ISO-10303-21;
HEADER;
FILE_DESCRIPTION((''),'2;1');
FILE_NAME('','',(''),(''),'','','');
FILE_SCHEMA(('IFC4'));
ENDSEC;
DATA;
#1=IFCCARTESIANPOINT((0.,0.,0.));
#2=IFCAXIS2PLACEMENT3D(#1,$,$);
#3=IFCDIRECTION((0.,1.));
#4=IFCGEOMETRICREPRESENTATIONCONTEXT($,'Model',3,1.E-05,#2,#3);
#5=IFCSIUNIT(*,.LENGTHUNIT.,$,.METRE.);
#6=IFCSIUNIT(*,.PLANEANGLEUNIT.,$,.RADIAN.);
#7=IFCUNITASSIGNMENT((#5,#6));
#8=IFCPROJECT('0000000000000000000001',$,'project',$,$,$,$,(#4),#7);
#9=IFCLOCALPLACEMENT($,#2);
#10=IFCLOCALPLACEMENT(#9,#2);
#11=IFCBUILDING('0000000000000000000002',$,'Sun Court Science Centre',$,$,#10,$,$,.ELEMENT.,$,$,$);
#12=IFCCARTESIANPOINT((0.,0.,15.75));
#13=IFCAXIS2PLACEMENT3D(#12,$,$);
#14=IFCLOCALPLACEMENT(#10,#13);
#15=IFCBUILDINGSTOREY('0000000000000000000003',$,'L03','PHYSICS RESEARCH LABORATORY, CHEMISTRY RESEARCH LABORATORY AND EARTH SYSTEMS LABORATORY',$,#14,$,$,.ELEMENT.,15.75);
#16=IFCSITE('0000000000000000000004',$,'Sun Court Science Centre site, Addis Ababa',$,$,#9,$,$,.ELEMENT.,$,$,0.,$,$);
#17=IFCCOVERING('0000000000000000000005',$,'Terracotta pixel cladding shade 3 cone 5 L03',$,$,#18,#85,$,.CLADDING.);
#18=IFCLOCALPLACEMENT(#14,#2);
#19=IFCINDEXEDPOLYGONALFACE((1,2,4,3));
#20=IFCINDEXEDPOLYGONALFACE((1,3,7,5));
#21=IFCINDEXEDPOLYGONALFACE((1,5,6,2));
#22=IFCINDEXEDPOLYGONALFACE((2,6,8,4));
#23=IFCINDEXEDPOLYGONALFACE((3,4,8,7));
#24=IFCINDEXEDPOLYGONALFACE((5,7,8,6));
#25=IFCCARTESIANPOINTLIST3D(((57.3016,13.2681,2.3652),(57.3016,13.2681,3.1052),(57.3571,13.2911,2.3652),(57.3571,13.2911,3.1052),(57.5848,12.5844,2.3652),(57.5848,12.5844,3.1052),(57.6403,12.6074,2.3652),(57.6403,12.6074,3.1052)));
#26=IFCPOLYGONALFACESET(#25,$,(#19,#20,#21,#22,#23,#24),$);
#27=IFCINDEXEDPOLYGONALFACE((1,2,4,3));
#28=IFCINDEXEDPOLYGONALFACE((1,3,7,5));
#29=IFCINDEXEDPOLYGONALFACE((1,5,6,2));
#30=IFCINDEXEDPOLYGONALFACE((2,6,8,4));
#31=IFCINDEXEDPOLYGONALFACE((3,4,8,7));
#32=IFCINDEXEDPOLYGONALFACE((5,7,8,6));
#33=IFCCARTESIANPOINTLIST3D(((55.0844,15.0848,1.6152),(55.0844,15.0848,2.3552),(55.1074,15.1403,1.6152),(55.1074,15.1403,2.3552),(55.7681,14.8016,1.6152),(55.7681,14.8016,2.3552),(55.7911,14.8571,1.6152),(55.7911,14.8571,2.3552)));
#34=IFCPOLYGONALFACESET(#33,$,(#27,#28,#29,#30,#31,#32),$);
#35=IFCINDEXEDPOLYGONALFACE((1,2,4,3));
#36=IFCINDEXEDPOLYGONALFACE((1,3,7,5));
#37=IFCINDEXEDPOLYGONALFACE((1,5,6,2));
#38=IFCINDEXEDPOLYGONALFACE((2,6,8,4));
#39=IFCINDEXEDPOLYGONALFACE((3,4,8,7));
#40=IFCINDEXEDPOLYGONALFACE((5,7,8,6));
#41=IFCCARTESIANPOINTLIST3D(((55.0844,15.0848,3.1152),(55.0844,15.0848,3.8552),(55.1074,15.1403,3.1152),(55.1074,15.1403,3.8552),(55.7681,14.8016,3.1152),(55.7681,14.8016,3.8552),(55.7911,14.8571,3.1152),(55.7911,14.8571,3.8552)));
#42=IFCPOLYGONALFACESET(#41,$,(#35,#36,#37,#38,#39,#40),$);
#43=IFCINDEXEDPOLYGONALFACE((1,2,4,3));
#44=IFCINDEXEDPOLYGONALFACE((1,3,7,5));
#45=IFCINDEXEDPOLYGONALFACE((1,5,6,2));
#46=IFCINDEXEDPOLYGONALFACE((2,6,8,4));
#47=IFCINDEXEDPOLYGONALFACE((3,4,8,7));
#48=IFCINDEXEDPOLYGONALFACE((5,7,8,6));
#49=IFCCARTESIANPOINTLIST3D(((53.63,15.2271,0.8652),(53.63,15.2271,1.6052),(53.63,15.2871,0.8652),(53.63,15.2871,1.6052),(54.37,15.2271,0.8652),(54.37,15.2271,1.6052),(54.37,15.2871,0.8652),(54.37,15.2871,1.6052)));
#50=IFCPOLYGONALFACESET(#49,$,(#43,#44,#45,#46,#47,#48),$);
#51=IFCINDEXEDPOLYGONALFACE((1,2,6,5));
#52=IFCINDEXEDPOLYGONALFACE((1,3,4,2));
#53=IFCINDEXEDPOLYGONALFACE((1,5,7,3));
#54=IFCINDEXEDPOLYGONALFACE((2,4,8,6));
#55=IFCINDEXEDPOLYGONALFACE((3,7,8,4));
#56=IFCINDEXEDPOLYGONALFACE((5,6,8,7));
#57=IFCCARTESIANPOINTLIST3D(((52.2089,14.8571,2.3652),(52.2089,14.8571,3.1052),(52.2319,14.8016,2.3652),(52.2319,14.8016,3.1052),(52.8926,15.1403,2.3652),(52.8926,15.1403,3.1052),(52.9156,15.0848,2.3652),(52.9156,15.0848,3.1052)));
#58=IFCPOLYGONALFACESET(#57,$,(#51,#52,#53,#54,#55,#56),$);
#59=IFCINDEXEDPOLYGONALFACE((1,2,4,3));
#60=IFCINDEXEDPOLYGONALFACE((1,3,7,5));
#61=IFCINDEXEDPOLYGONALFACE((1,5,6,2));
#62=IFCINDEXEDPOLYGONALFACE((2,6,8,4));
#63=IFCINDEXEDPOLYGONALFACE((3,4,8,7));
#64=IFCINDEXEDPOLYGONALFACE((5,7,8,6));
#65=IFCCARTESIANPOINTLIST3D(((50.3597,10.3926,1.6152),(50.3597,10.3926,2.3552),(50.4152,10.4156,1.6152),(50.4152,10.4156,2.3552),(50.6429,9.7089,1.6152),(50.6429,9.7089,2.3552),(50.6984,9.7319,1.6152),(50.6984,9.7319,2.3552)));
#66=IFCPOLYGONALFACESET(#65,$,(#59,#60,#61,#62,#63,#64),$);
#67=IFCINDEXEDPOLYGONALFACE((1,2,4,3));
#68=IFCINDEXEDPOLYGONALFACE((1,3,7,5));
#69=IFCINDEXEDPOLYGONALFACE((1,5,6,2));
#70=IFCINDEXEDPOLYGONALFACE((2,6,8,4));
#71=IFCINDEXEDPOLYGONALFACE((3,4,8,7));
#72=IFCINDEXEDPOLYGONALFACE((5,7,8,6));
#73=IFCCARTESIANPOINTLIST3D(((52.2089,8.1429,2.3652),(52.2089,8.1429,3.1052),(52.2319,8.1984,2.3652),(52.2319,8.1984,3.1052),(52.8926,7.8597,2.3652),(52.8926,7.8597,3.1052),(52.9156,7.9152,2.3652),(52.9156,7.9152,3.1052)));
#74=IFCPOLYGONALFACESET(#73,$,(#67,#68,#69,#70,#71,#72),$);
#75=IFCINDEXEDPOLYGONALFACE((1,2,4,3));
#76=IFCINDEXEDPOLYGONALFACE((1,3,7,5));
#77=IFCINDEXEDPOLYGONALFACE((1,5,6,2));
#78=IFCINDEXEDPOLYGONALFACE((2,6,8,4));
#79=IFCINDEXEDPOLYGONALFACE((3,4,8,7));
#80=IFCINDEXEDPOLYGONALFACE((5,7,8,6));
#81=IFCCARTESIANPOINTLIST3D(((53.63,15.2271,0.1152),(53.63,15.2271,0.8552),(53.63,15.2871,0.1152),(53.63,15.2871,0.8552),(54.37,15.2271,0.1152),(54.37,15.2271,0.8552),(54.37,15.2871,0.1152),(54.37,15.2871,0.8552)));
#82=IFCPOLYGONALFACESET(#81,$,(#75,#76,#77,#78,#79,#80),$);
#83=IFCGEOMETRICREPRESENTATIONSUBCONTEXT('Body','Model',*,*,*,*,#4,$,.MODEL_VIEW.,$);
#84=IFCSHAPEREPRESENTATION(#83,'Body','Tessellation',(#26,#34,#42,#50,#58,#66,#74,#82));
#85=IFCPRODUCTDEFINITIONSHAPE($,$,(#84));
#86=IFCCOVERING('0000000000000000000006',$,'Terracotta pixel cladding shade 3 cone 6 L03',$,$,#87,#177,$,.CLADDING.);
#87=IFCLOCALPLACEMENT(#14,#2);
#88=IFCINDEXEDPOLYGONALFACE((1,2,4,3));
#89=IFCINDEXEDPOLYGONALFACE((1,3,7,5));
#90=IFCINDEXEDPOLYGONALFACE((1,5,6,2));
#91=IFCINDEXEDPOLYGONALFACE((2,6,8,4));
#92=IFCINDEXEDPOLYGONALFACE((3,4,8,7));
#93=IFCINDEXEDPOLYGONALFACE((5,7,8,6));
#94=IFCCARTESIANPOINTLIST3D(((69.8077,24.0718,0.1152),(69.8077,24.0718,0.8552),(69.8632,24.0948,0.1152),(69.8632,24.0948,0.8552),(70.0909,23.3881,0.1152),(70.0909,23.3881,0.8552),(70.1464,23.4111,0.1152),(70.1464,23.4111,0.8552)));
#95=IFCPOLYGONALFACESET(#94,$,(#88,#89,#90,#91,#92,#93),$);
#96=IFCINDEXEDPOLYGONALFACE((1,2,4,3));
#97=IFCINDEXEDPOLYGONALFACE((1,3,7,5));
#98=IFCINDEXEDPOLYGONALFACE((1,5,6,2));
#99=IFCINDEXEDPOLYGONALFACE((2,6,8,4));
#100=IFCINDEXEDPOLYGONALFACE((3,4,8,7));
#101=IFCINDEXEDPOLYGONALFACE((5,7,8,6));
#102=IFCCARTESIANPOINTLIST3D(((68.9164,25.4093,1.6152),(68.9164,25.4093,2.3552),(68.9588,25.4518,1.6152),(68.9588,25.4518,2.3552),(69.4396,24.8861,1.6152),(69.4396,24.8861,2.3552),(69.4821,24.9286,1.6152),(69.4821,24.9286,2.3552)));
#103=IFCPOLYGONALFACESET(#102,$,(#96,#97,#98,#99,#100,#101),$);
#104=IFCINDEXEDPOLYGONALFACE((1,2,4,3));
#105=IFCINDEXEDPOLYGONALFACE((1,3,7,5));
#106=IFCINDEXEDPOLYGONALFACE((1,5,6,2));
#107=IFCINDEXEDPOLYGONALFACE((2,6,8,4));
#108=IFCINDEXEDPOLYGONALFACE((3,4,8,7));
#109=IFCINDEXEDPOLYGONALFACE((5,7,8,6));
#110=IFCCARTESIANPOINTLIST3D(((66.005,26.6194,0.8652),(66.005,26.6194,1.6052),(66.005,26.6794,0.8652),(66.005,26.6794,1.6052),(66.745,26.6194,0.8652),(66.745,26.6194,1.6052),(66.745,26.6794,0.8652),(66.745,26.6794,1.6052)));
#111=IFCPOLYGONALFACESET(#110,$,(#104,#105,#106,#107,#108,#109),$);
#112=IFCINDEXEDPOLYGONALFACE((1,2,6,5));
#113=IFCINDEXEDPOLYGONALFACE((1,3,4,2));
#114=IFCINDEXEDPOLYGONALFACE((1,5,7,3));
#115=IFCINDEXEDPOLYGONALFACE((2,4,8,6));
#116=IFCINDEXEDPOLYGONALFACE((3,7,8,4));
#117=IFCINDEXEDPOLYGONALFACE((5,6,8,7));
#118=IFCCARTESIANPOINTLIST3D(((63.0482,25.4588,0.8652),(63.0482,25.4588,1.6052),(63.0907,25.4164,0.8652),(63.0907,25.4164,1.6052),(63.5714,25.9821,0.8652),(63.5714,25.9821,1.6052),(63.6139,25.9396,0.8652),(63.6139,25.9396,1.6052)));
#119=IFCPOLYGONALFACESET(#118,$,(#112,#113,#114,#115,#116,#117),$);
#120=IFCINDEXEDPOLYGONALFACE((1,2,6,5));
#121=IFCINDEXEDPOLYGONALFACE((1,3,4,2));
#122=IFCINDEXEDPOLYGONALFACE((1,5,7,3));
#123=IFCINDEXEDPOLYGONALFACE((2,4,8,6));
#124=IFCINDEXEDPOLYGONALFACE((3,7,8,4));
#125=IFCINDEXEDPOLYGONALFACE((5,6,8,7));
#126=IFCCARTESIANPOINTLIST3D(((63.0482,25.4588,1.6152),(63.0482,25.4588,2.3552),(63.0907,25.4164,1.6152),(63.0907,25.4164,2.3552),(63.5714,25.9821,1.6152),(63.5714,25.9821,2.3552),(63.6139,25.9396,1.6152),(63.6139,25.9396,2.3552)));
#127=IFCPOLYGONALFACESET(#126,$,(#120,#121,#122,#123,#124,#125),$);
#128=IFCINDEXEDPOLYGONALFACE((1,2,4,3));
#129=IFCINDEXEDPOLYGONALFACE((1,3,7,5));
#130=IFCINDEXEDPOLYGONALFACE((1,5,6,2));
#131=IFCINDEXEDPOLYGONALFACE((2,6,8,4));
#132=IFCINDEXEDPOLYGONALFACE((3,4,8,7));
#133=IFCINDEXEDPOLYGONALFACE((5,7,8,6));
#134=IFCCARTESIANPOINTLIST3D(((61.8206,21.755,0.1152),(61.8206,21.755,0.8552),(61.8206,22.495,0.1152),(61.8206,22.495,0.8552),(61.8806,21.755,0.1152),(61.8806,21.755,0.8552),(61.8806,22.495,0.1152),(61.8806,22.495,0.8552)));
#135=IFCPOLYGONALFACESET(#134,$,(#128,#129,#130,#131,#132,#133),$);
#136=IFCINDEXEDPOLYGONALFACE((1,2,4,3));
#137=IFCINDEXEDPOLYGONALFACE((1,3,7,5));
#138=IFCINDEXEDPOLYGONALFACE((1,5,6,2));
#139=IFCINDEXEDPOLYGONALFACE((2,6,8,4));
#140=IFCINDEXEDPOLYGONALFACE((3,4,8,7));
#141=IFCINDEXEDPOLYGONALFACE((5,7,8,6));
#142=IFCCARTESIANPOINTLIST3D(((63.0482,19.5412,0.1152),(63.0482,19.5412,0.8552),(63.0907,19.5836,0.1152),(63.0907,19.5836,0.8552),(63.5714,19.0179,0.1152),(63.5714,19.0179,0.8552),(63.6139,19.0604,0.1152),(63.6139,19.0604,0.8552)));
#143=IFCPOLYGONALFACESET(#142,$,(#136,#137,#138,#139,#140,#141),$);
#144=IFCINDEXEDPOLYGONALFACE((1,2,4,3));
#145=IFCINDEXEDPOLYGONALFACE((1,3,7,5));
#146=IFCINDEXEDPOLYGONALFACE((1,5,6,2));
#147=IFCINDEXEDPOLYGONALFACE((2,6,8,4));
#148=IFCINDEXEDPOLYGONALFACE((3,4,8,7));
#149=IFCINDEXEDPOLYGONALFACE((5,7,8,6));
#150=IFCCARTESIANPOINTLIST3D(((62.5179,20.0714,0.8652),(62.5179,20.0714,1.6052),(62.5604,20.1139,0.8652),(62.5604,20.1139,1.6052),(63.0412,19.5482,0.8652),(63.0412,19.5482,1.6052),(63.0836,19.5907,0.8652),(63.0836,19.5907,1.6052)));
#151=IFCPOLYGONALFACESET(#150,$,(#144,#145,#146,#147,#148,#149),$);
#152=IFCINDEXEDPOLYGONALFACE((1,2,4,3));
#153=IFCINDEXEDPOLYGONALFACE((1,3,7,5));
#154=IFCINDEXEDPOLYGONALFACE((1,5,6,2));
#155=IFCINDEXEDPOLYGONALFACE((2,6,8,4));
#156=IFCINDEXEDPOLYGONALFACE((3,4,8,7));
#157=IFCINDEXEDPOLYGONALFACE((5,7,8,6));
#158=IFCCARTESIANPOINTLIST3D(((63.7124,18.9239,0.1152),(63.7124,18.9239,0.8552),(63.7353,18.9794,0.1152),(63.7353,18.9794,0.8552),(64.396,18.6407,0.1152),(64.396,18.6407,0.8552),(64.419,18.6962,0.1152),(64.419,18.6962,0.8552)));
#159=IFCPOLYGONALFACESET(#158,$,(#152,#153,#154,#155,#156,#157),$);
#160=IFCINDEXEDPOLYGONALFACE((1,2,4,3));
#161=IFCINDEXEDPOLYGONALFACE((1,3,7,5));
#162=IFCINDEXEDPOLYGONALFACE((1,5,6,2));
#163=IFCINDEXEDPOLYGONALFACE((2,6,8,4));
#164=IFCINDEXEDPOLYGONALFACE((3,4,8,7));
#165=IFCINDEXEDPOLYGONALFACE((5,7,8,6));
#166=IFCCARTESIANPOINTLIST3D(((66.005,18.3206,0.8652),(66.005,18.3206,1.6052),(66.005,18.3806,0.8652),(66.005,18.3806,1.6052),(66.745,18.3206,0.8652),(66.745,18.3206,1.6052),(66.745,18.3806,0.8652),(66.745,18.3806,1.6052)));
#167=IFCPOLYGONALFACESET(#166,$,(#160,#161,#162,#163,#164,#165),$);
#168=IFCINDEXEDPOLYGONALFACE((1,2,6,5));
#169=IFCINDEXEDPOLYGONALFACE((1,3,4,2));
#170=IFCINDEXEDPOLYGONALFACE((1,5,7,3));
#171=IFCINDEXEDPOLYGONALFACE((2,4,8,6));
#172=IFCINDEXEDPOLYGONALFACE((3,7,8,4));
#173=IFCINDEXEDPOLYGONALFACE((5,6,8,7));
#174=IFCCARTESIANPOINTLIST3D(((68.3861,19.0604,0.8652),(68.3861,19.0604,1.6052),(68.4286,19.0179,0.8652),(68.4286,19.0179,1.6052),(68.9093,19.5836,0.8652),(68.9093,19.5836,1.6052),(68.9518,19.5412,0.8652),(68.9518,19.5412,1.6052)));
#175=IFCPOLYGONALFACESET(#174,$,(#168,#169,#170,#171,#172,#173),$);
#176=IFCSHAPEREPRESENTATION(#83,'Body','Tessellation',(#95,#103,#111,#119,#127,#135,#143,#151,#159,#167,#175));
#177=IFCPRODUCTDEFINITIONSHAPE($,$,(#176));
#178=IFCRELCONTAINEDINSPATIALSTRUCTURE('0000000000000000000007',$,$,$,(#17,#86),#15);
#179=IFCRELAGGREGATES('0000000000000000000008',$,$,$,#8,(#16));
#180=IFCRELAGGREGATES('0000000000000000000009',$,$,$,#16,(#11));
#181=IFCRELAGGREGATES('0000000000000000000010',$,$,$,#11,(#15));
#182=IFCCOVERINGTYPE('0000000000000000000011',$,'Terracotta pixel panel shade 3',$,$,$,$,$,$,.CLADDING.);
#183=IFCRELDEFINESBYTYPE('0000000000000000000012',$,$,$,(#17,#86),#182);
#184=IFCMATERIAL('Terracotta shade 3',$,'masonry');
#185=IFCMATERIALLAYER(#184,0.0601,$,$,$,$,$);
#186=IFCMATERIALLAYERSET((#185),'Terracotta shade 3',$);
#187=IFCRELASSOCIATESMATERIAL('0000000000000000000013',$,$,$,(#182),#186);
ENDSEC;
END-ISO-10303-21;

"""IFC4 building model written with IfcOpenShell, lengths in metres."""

from ifc_helpers import new_model, si_unit, direction, frame, origin, origin_2d, place, context, subcontext, project, spatial, rectangle, extrude, material, layer, layer_set, type_object, element, save


model = new_model("IFC4")

# Units and contexts
model_context = context("Model", 3, precision=1e-05, world=origin(), true_north=direction((0.0, 1.0)))
body_context = subcontext(model_context, "Body", "Model", "MODEL_VIEW")
ifc_project = project(units=[si_unit("LENGTHUNIT", "METRE"), si_unit("PLANEANGLEUNIT", "RADIAN")], contexts=[model_context])

# Site, building, storey
site_placement = place(None, origin())
site = spatial("IfcSite", under=ifc_project, at=site_placement, Name="Sun Court Science Centre site, Addis Ababa", CompositionType="ELEMENT", RefElevation=0.0)
building_placement = place(site_placement, origin())
building = spatial("IfcBuilding", under=site, at=building_placement, Name="Sun Court Science Centre", CompositionType="ELEMENT")
storey_placement = place(building_placement, frame((0.0, 0.0, 15.75)))
storey = spatial("IfcBuildingStorey", under=building, at=storey_placement, Name="L03", Description="PHYSICS RESEARCH LABORATORY, CHEMISTRY RESEARCH LABORATORY AND EARTH SYSTEMS LABORATORY", CompositionType="ELEMENT", Elevation=15.75)

# Coverings
ifc_material_1 = material(Name="Terracotta shade 3", Category="masonry")
ifc_layer_1 = layer(ifc_material_1, 0.0601)
ifc_layer_set_1 = layer_set([ifc_layer_1], Name="Terracotta shade 3")
covering_type_1 = type_object("IfcCoveringType", Name="Terracotta pixel panel shade 3", PredefinedType="CLADDING", material=ifc_layer_set_1)
covering_1_placement = place(storey_placement, frame((0.0, 0.0, -15.75)))
element("IfcCovering", 1, at=covering_1_placement, inside=storey, type_object=covering_type_1, Name="Terracotta pixel cladding shade 3 cone 5 L03", PredefinedType="CLADDING", context=body_context, shape_type="SweptSolid", body=[
    extrude(rectangle(XDim=0.74, YDim=0.0601, at=origin_2d()), frame((57.4709, 12.9377, 18.1152), z_axis=(0.0, 0.0, 1.0), x_axis=(0.382683, -0.92388, 0.0)), (0.0, 0.0, 1.0), 0.74),
    extrude(rectangle(XDim=0.74, YDim=0.0601, at=origin_2d()), frame((55.4377, 14.9709, 17.3652), z_axis=(0.0, 0.0, 1.0), x_axis=(0.92388, -0.382683, 0.0)), (0.0, 0.0, 1.0), 0.74),
    extrude(rectangle(XDim=0.74, YDim=0.0601, at=origin_2d()), frame((55.4377, 14.9709, 18.8652), z_axis=(0.0, 0.0, 1.0), x_axis=(0.92388, -0.382683, 0.0)), (0.0, 0.0, 1.0), 0.74),
    extrude(rectangle(XDim=0.74, YDim=0.0601, at=origin_2d()), frame((54.0, 15.2571, 16.6152), z_axis=(0.0, 0.0, 1.0), x_axis=(1.0, 0.0, 0.0)), (0.0, 0.0, 1.0), 0.74),
    extrude(rectangle(XDim=0.74, YDim=0.0601, at=origin_2d()), frame((52.5623, 14.9709, 18.1152), z_axis=(0.0, 0.0, 1.0), x_axis=(0.92388, 0.382683, 0.0)), (0.0, 0.0, 1.0), 0.74),
    extrude(rectangle(XDim=0.74, YDim=0.0601, at=origin_2d()), frame((50.5291, 10.0623, 17.3652), z_axis=(0.0, 0.0, 1.0), x_axis=(-0.382683, 0.92388, 0.0)), (0.0, 0.0, 1.0), 0.74),
    extrude(rectangle(XDim=0.74, YDim=0.0601, at=origin_2d()), frame((52.5623, 8.0291, 18.1152), z_axis=(0.0, 0.0, 1.0), x_axis=(-0.92388, 0.382683, 0.0)), (0.0, 0.0, 1.0), 0.74),
    extrude(rectangle(XDim=0.74, YDim=0.0601, at=origin_2d()), frame((54.0, 15.2571, 15.8652), z_axis=(0.0, 0.0, 1.0), x_axis=(1.0, 0.0, 0.0)), (0.0, 0.0, 1.0), 0.74),
])
covering_2_placement = place(storey_placement, frame((0.0, 0.0, -15.75)))
element("IfcCovering", 2, at=covering_2_placement, inside=storey, type_object=covering_type_1, Name="Terracotta pixel cladding shade 3 cone 6 L03", PredefinedType="CLADDING", context=body_context, shape_type="SweptSolid", body=[
    extrude(rectangle(XDim=0.74, YDim=0.0601, at=origin_2d()), frame((69.9771, 23.7415, 15.8652), z_axis=(0.0, 0.0, 1.0), x_axis=(0.382683, -0.92388, 0.0)), (0.0, 0.0, 1.0), 0.74),
    extrude(rectangle(XDim=0.74, YDim=0.0601, at=origin_2d()), frame((69.1992, 25.1689, 17.3652), z_axis=(0.0, 0.0, 1.0), x_axis=(0.707107, -0.707107, 0.0)), (0.0, 0.0, 1.0), 0.74),
    extrude(rectangle(XDim=0.74, YDim=0.0601, at=origin_2d()), frame((66.375, 26.6494, 16.6152), z_axis=(0.0, 0.0, 1.0), x_axis=(1.0, 0.0, 0.0)), (0.0, 0.0, 1.0), 0.74),
    extrude(rectangle(XDim=0.74, YDim=0.0601, at=origin_2d()), frame((63.3311, 25.6992, 16.6152), z_axis=(0.0, 0.0, 1.0), x_axis=(0.707107, 0.707107, 0.0)), (0.0, 0.0, 1.0), 0.74),
    extrude(rectangle(XDim=0.74, YDim=0.0601, at=origin_2d()), frame((63.3311, 25.6992, 17.3652), z_axis=(0.0, 0.0, 1.0), x_axis=(0.707107, 0.707107, 0.0)), (0.0, 0.0, 1.0), 0.74),
    extrude(rectangle(XDim=0.74, YDim=0.0601, at=origin_2d()), frame((61.8506, 22.125, 15.8652), z_axis=(0.0, 0.0, 1.0), x_axis=(0.0, 1.0, 0.0)), (0.0, 0.0, 1.0), 0.74),
    extrude(rectangle(XDim=0.74, YDim=0.0601, at=origin_2d()), frame((63.3311, 19.3008, 15.8652), z_axis=(0.0, 0.0, 1.0), x_axis=(-0.707107, 0.707107, 0.0)), (0.0, 0.0, 1.0), 0.74),
    extrude(rectangle(XDim=0.74, YDim=0.0601, at=origin_2d()), frame((62.8008, 19.8311, 16.6152), z_axis=(0.0, 0.0, 1.0), x_axis=(-0.707107, 0.707107, 0.0)), (0.0, 0.0, 1.0), 0.74),
    extrude(rectangle(XDim=0.74, YDim=0.0601, at=origin_2d()), frame((64.0657, 18.8101, 15.8652), z_axis=(0.0, 0.0, 1.0), x_axis=(-0.92388, 0.382683, 0.0)), (0.0, 0.0, 1.0), 0.74),
    extrude(rectangle(XDim=0.74, YDim=0.0601, at=origin_2d()), frame((66.375, 18.3506, 16.6152), z_axis=(0.0, 0.0, 1.0), x_axis=(-1.0, 0.0, 0.0)), (0.0, 0.0, 1.0), 0.74),
    extrude(rectangle(XDim=0.74, YDim=0.0601, at=origin_2d()), frame((68.6689, 19.3008, 16.6152), z_axis=(0.0, 0.0, 1.0), x_axis=(-0.707107, -0.707107, 0.0)), (0.0, 0.0, 1.0), 0.74),
])

save(model, "model.ifc")
